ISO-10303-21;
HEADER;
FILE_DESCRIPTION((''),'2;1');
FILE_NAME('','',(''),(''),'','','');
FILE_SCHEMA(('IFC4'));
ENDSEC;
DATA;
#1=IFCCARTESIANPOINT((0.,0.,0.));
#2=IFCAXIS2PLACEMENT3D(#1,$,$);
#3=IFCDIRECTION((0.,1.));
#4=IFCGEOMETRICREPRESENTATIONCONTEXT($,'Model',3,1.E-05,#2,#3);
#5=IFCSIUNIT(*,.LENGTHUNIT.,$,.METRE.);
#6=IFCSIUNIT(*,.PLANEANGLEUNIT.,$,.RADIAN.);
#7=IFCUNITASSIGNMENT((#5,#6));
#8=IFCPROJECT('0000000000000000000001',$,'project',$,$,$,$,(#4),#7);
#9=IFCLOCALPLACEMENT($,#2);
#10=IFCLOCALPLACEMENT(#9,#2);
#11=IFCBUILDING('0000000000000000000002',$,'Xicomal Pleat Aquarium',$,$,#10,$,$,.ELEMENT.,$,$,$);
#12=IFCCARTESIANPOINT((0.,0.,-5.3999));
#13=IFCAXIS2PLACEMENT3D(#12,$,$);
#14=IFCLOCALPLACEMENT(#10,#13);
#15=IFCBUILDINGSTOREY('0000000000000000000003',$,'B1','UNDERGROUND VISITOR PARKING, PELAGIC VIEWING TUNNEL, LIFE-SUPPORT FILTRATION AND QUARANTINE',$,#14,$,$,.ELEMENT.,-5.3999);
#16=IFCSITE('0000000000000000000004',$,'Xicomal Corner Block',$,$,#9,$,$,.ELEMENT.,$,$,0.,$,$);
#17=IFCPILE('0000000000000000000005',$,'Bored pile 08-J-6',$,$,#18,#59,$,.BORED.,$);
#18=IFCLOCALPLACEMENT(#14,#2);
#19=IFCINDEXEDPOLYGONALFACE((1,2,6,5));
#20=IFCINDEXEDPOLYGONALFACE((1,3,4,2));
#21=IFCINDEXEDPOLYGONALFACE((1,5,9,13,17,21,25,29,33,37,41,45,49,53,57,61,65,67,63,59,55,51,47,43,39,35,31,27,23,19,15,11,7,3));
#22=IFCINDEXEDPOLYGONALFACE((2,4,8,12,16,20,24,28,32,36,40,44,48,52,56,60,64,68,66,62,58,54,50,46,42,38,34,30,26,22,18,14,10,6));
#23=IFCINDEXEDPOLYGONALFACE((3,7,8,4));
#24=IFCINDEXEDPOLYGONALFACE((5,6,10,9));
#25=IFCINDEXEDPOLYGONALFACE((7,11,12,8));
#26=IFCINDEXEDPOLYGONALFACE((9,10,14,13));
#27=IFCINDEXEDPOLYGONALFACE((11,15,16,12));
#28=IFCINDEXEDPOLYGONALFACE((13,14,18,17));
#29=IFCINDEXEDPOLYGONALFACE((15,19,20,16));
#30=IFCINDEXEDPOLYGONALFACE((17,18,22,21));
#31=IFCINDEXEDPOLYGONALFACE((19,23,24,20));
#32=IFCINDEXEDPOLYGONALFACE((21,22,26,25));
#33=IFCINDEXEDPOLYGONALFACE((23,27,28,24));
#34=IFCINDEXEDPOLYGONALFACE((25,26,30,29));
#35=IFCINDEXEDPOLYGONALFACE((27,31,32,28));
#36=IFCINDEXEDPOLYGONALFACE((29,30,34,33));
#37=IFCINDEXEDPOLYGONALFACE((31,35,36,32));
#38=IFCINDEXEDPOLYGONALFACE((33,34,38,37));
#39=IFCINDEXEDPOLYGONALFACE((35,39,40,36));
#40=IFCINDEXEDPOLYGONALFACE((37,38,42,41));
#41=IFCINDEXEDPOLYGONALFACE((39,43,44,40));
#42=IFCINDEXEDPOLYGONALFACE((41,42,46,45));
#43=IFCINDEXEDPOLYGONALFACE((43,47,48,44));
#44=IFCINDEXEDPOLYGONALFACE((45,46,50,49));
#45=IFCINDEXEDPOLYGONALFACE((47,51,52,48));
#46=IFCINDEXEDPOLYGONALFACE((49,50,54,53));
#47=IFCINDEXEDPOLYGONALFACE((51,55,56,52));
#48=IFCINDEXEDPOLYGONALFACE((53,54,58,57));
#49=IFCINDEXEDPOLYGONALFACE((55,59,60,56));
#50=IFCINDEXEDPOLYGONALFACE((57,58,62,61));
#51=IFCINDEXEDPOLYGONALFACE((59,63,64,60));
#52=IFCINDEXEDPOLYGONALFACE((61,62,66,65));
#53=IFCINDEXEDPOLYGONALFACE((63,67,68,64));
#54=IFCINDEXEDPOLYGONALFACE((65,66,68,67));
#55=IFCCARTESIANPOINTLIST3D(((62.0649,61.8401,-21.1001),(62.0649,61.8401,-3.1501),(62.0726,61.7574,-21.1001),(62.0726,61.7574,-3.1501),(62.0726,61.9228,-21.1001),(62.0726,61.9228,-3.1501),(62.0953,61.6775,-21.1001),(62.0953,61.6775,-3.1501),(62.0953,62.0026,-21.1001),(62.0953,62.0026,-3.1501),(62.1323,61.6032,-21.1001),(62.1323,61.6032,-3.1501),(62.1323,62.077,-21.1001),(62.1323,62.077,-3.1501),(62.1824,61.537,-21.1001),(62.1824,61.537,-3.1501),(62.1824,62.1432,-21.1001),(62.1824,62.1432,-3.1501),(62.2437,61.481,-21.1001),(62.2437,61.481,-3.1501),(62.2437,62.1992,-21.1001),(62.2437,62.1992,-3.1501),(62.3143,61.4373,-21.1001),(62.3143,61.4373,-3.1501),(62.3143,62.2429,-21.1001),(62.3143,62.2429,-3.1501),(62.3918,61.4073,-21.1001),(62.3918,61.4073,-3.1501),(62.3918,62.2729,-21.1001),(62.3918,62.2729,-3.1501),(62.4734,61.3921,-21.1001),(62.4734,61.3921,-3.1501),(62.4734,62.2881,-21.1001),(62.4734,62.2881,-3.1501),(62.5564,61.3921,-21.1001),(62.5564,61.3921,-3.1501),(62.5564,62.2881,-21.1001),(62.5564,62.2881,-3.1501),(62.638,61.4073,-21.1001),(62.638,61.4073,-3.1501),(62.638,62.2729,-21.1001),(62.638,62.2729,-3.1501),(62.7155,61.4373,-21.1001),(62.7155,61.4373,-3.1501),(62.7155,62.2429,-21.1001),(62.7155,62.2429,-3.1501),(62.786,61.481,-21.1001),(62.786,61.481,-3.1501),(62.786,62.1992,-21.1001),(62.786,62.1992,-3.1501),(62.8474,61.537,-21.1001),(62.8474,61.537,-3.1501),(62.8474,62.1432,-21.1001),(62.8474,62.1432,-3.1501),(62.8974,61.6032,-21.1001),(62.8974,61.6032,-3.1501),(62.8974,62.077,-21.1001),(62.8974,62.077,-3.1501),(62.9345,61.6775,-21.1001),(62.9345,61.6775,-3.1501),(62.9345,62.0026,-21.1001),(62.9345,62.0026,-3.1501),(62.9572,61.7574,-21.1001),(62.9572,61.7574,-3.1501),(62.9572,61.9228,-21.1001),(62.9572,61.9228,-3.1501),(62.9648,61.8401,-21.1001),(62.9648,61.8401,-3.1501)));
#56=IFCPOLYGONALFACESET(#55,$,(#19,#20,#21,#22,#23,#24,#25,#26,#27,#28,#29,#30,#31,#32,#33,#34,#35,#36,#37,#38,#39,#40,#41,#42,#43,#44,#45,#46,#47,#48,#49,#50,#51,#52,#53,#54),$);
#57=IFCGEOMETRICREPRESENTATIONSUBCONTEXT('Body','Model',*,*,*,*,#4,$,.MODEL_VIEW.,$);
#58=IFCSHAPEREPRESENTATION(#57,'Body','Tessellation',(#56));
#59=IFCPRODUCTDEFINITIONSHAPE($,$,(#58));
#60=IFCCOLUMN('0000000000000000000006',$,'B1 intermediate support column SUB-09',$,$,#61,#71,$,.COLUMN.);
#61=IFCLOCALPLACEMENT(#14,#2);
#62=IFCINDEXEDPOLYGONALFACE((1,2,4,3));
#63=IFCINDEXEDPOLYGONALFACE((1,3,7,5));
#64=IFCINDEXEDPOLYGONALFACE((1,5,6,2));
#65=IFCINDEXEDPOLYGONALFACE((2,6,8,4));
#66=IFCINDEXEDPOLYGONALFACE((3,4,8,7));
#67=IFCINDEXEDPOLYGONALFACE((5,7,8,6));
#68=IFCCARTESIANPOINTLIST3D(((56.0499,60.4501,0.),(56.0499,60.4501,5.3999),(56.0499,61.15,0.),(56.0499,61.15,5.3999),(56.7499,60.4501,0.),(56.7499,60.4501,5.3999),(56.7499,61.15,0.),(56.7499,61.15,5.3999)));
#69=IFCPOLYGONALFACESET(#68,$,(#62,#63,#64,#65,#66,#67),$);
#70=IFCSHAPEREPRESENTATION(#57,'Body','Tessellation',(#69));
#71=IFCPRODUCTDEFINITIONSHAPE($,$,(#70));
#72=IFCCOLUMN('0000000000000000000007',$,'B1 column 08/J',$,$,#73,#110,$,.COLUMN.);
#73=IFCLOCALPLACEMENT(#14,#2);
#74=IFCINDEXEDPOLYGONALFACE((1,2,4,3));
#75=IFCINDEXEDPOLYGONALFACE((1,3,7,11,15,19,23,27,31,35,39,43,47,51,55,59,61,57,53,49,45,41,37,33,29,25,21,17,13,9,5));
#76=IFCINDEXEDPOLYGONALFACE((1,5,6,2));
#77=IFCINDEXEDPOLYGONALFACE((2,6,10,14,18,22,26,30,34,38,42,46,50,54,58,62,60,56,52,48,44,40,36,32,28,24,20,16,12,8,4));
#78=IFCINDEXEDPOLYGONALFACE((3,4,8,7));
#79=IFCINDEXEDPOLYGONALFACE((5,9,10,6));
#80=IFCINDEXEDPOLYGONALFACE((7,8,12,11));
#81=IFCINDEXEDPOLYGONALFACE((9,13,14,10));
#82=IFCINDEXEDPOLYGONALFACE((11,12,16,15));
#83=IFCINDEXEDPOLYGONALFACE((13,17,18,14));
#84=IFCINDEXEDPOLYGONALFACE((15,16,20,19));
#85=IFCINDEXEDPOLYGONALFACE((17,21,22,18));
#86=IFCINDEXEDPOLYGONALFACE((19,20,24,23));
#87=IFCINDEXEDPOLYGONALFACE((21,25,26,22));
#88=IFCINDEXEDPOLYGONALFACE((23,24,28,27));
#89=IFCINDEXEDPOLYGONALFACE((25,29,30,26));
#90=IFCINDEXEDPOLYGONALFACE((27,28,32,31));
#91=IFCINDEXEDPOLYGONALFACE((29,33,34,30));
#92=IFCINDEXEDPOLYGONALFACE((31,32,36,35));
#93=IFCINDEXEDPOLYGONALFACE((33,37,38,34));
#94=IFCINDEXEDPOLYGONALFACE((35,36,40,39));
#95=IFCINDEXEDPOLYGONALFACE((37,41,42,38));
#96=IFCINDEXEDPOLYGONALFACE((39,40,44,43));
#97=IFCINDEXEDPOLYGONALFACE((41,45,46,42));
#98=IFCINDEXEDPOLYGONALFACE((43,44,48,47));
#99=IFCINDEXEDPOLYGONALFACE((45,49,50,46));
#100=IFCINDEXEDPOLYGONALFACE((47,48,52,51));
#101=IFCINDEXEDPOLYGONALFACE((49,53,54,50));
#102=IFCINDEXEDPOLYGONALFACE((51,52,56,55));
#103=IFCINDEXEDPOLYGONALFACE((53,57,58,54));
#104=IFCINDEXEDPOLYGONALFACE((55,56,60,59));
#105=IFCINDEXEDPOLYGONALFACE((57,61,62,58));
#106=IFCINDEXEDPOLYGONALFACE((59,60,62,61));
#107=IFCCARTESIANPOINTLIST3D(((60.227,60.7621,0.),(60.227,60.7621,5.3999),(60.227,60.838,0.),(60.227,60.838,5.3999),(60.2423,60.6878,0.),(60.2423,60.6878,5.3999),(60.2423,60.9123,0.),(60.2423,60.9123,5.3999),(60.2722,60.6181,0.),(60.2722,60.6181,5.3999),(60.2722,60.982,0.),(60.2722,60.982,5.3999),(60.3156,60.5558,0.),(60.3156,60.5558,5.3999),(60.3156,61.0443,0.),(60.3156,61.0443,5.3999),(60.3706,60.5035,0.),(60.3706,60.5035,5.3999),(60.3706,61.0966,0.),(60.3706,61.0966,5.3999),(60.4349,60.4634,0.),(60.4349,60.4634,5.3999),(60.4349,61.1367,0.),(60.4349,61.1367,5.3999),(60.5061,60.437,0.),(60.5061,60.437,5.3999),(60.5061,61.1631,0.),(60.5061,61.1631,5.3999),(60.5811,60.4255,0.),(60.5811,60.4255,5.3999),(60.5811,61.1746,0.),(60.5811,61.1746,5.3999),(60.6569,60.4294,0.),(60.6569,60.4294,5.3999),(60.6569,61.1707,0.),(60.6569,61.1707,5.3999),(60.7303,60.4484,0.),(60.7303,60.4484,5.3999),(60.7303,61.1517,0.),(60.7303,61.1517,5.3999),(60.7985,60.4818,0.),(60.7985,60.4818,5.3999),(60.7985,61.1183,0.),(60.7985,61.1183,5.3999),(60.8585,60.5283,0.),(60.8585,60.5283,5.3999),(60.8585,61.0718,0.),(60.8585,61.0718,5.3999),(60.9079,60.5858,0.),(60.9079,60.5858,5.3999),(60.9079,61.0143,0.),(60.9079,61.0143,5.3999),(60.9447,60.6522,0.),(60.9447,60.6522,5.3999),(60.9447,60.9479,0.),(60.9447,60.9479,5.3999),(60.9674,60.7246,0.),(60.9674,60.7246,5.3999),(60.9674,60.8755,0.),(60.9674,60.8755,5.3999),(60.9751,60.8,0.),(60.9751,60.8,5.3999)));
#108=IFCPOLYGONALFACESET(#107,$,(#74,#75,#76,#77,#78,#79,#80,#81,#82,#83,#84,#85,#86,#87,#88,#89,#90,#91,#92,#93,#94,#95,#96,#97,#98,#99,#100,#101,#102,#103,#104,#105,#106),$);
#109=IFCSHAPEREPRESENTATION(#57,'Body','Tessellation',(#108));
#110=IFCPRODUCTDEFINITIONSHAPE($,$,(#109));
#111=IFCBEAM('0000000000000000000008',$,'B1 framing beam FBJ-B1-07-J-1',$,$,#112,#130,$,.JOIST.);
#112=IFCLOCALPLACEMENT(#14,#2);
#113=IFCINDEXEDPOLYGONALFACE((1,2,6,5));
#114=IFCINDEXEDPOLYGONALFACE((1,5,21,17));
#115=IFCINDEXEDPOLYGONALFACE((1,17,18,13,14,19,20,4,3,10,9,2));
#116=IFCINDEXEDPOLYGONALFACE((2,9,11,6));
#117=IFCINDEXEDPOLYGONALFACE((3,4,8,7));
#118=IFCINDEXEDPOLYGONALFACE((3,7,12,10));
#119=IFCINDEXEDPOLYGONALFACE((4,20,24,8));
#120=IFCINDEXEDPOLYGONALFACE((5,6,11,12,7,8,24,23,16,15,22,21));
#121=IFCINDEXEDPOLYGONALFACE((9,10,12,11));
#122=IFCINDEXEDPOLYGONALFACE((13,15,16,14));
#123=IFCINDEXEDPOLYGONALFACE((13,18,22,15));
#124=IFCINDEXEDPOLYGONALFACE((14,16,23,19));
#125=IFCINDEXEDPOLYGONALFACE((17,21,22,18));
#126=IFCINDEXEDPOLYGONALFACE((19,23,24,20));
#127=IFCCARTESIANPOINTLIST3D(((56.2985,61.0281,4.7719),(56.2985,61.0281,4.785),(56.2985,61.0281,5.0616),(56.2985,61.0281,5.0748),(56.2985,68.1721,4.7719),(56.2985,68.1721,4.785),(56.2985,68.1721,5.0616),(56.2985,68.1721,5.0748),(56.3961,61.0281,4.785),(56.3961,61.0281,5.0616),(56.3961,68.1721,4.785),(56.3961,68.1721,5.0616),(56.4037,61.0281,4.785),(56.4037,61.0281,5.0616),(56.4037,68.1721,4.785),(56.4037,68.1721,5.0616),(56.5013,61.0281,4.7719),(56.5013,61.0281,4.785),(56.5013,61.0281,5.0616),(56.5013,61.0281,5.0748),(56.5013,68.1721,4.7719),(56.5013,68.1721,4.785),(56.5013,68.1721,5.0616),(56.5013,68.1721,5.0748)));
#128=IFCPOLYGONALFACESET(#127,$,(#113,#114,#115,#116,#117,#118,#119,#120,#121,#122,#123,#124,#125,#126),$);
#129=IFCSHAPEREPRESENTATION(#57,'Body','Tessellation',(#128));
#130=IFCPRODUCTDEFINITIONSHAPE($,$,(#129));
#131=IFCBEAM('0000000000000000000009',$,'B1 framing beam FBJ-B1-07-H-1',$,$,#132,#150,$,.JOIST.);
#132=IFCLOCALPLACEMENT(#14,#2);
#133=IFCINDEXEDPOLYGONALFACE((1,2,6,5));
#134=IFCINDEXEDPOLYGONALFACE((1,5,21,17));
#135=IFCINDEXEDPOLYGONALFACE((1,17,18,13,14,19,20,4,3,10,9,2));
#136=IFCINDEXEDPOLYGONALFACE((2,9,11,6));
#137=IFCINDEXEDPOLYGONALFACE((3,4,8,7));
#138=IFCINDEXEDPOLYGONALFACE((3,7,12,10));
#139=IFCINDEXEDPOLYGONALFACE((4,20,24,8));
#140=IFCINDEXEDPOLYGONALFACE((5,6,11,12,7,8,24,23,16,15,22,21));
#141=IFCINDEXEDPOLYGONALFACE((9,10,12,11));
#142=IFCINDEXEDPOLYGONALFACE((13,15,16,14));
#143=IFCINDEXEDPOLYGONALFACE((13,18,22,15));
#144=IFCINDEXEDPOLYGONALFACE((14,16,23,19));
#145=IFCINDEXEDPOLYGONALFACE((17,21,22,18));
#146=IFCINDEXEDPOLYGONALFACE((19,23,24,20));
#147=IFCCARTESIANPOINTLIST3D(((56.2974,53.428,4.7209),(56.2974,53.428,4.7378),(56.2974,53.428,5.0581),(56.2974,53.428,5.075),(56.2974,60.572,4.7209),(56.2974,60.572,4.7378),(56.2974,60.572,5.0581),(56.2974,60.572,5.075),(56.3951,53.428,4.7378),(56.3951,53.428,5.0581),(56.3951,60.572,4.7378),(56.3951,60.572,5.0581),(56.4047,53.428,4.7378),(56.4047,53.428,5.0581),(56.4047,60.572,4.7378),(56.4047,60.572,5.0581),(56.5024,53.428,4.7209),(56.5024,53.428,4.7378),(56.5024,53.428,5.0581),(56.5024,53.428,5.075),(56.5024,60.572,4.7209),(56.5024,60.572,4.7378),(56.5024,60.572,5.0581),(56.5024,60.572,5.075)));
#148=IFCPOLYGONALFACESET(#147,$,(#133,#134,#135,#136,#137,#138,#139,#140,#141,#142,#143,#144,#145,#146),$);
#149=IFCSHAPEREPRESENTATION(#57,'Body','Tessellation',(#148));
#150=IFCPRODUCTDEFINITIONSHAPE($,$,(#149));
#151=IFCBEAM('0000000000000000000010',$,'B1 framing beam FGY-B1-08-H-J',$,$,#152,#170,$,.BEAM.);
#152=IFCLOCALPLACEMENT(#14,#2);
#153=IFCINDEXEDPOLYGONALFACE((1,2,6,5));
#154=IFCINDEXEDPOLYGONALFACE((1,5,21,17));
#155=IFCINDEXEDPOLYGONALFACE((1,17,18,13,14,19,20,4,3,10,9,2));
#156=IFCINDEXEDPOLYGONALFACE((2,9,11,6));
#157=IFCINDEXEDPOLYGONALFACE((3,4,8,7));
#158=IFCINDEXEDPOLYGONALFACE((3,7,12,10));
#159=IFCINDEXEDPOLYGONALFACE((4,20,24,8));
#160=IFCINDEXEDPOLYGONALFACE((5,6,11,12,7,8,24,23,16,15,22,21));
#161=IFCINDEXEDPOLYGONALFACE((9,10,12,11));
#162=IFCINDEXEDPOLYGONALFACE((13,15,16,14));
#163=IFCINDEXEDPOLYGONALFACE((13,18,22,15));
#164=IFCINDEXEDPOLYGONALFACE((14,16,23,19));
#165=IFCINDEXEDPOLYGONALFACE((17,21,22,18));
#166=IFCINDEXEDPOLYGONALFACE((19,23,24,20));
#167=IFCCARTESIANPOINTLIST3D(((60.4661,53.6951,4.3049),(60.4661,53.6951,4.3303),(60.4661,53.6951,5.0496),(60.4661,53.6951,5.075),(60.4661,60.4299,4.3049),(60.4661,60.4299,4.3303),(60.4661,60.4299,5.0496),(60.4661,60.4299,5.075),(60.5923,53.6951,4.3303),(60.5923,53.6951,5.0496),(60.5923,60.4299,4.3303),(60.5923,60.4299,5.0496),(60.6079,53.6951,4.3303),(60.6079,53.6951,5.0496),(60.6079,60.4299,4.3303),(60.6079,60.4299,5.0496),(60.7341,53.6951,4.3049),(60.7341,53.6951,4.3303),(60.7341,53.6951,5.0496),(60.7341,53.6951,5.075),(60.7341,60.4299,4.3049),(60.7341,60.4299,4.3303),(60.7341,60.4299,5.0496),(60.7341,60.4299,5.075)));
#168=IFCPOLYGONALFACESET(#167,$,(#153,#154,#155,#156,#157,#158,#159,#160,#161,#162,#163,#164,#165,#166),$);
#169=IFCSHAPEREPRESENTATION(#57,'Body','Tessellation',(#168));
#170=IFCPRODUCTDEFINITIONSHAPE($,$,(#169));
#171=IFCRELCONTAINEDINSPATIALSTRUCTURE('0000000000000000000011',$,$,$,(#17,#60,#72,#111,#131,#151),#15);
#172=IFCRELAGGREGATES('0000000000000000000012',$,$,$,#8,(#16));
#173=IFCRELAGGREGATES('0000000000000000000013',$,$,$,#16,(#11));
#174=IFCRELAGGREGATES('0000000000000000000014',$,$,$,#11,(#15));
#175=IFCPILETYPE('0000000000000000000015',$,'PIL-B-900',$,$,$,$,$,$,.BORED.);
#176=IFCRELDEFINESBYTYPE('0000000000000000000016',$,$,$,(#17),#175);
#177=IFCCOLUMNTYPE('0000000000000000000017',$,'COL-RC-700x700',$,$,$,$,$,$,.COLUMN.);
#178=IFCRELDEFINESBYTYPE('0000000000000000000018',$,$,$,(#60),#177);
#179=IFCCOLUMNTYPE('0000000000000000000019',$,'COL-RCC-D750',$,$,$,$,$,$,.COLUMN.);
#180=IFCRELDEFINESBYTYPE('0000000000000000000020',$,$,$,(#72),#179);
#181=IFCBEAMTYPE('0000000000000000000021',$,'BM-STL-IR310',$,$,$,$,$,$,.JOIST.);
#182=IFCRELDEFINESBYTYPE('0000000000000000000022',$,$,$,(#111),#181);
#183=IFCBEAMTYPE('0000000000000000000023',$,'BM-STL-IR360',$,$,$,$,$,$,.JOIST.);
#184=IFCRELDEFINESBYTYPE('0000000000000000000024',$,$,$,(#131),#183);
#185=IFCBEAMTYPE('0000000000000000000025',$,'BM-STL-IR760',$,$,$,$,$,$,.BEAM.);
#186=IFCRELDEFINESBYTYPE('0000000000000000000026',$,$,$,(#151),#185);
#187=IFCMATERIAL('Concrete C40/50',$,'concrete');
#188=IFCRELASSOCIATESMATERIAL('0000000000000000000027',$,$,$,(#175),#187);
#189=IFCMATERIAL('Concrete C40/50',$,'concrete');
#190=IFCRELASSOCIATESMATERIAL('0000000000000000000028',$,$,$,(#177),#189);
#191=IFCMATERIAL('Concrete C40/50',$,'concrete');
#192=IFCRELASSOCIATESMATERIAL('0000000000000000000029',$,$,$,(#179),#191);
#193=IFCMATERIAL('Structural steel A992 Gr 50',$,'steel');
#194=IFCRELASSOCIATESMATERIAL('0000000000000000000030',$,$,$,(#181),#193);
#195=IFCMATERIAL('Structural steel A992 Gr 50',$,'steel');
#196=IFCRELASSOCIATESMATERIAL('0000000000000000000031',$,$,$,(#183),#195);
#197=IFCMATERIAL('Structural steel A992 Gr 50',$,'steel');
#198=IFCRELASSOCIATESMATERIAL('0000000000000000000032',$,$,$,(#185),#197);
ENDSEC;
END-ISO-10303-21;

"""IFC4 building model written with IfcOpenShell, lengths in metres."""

from ifc_helpers import new_model, si_unit, direction, frame, origin, origin_2d, place, context, subcontext, project, spatial, rectangle, circle, i_section, extrude, material, material_profile, profile_set, type_object, element, save


model = new_model("IFC4")

# Units and contexts
model_context = context("Model", 3, precision=1e-05, world=origin(), true_north=direction((0.0, 1.0)))
body_context = subcontext(model_context, "Body", "Model", "MODEL_VIEW")
ifc_project = project(units=[si_unit("LENGTHUNIT", "METRE"), si_unit("PLANEANGLEUNIT", "RADIAN")], contexts=[model_context])

# Site, building, storey
site_placement = place(None, origin())
site = spatial("IfcSite", under=ifc_project, at=site_placement, Name="Xicomal Corner Block", CompositionType="ELEMENT", RefElevation=0.0)
building_placement = place(site_placement, origin())
building = spatial("IfcBuilding", under=site, at=building_placement, Name="Xicomal Pleat Aquarium", CompositionType="ELEMENT")
storey_placement = place(building_placement, frame((0.0, 0.0, -5.3999)))
storey = spatial("IfcBuildingStorey", under=building, at=storey_placement, Name="B1", Description="UNDERGROUND VISITOR PARKING, PELAGIC VIEWING TUNNEL, LIFE-SUPPORT FILTRATION AND QUARANTINE", CompositionType="ELEMENT", Elevation=-5.3999)

# Pile
ifc_material_1 = material(Name="Concrete C40/50", Category="concrete")
ifc_material_profile_1 = material_profile(ifc_material_1, circle(Radius=0.45, at=origin_2d()), Name="BORED PILE D900")
ifc_profile_set_1 = profile_set([ifc_material_profile_1], Name="Concrete C40/50")
pile_type_1 = type_object("IfcPileType", Name="PIL-B-900", PredefinedType="BORED", material=ifc_profile_set_1)
for number, where, z_axis, x_axis, name in (
    (1, (62.5149, 61.8401, -3.1501), (0.0, 0.0, -1.0), (1.0, 0.0, 0.0), "Bored pile 08-J-6"),
):
    element("IfcPile", number, at=place(storey_placement, frame(where, z_axis=z_axis, x_axis=x_axis)), inside=storey, type_object=pile_type_1, Name=name, PredefinedType="BORED", context=body_context, shape_type="SweptSolid", body=[
        extrude(circle(Radius=0.45, at=origin_2d()), origin(), (0.0, 0.0, 1.0), 17.95),
    ])

# Columns
ifc_material_2 = material(Name="Concrete C40/50", Category="concrete")
ifc_material_profile_2 = material_profile(ifc_material_2, rectangle(XDim=0.7, YDim=0.7, at=origin_2d()), Name="RC 700x700")
ifc_profile_set_2 = profile_set([ifc_material_profile_2], Name="Concrete C40/50")
column_type_1 = type_object("IfcColumnType", Name="COL-RC-700x700", PredefinedType="COLUMN", material=ifc_profile_set_2)
column_1_placement = place(storey_placement, frame((56.3999, 60.8, 0.0), z_axis=(0.0, 0.0, 1.0), x_axis=(1.0, 0.0, 0.0)))
element("IfcColumn", 2, at=column_1_placement, inside=storey, type_object=column_type_1, Name="B1 intermediate support column SUB-09", PredefinedType="COLUMN", context=body_context, shape_type="SweptSolid", body=[
    extrude(rectangle(XDim=0.7, YDim=0.7, at=origin_2d()), origin(), (0.0, 0.0, 1.0), 5.3999),
])
ifc_material_3 = material(Name="Concrete C40/50", Category="concrete")
ifc_material_profile_3 = material_profile(ifc_material_3, circle(Radius=0.375, at=origin_2d()), Name="RCC D750")
ifc_profile_set_3 = profile_set([ifc_material_profile_3], Name="Concrete C40/50")
column_type_2 = type_object("IfcColumnType", Name="COL-RCC-D750", PredefinedType="COLUMN", material=ifc_profile_set_3)
column_2_placement = place(storey_placement, frame((60.6001, 60.8, 0.0), z_axis=(0.0, 0.0, 1.0), x_axis=(1.0, 0.0, 0.0)))
element("IfcColumn", 3, at=column_2_placement, inside=storey, type_object=column_type_2, Name="B1 column 08/J", PredefinedType="COLUMN", context=body_context, shape_type="SweptSolid", body=[
    extrude(circle(Radius=0.375, at=origin_2d()), origin(), (0.0, 0.0, 1.0), 5.3999),
])

# Beams
ifc_material_4 = material(Name="Structural steel A992 Gr 50", Category="steel")
ifc_material_profile_4 = material_profile(ifc_material_4, i_section(OverallWidth=0.2029, OverallDepth=0.303, WebThickness=0.0076, FlangeThickness=0.0132, at=origin_2d()), Name="IR 310x60")
ifc_profile_set_4 = profile_set([ifc_material_profile_4], Name="Structural steel A992 Gr 50")
beam_type_1 = type_object("IfcBeamType", Name="BM-STL-IR310", PredefinedType="JOIST", material=ifc_profile_set_4)
beam_1_placement = place(storey_placement, frame((56.3999, 61.0281, 4.9233), z_axis=(0.0, 1.0, 0.0), x_axis=(-1.0, 0.0, 0.0)))
element("IfcBeam", 4, at=beam_1_placement, inside=storey, type_object=beam_type_1, Name="B1 framing beam FBJ-B1-07-J-1", PredefinedType="JOIST", context=body_context, shape_type="SweptSolid", body=[
    extrude(i_section(OverallWidth=0.2029, OverallDepth=0.303, WebThickness=0.0076, FlangeThickness=0.0132, at=origin_2d()), origin(), (0.0, 0.0, 1.0), 7.144),
])
ifc_material_5 = material(Name="Structural steel A992 Gr 50", Category="steel")
ifc_material_profile_5 = material_profile(ifc_material_5, i_section(OverallWidth=0.2051, OverallDepth=0.354, WebThickness=0.0095, FlangeThickness=0.0168, at=origin_2d()), Name="IR 360x79")
ifc_profile_set_5 = profile_set([ifc_material_profile_5], Name="Structural steel A992 Gr 50")
beam_type_2 = type_object("IfcBeamType", Name="BM-STL-IR360", PredefinedType="JOIST", material=ifc_profile_set_5)
beam_2_placement = place(storey_placement, frame((56.3999, 53.428, 4.8979), z_axis=(0.0, 1.0, 0.0), x_axis=(-1.0, 0.0, 0.0)))
element("IfcBeam", 5, at=beam_2_placement, inside=storey, type_object=beam_type_2, Name="B1 framing beam FBJ-B1-07-H-1", PredefinedType="JOIST", context=body_context, shape_type="SweptSolid", body=[
    extrude(i_section(OverallWidth=0.2051, OverallDepth=0.354, WebThickness=0.0095, FlangeThickness=0.0168, at=origin_2d()), origin(), (0.0, 0.0, 1.0), 7.144),
])
ifc_material_6 = material(Name="Structural steel A992 Gr 50", Category="steel")
ifc_material_profile_6 = material_profile(ifc_material_6, i_section(OverallWidth=0.2681, OverallDepth=0.77, WebThickness=0.0156, FlangeThickness=0.0254, at=origin_2d()), Name="IR 760x196")
ifc_profile_set_6 = profile_set([ifc_material_profile_6], Name="Structural steel A992 Gr 50")
beam_type_3 = type_object("IfcBeamType", Name="BM-STL-IR760", PredefinedType="BEAM", material=ifc_profile_set_6)
beam_3_placement = place(storey_placement, frame((60.6001, 53.6951, 4.6899), z_axis=(0.0, 1.0, 0.0), x_axis=(-1.0, 0.0, 0.0)))
element("IfcBeam", 6, at=beam_3_placement, inside=storey, type_object=beam_type_3, Name="B1 framing beam FGY-B1-08-H-J", PredefinedType="BEAM", context=body_context, shape_type="SweptSolid", body=[
    extrude(i_section(OverallWidth=0.2681, OverallDepth=0.77, WebThickness=0.0156, FlangeThickness=0.0254, at=origin_2d()), origin(), (0.0, 0.0, 1.0), 6.7349),
])

save(model, "model.ifc")
